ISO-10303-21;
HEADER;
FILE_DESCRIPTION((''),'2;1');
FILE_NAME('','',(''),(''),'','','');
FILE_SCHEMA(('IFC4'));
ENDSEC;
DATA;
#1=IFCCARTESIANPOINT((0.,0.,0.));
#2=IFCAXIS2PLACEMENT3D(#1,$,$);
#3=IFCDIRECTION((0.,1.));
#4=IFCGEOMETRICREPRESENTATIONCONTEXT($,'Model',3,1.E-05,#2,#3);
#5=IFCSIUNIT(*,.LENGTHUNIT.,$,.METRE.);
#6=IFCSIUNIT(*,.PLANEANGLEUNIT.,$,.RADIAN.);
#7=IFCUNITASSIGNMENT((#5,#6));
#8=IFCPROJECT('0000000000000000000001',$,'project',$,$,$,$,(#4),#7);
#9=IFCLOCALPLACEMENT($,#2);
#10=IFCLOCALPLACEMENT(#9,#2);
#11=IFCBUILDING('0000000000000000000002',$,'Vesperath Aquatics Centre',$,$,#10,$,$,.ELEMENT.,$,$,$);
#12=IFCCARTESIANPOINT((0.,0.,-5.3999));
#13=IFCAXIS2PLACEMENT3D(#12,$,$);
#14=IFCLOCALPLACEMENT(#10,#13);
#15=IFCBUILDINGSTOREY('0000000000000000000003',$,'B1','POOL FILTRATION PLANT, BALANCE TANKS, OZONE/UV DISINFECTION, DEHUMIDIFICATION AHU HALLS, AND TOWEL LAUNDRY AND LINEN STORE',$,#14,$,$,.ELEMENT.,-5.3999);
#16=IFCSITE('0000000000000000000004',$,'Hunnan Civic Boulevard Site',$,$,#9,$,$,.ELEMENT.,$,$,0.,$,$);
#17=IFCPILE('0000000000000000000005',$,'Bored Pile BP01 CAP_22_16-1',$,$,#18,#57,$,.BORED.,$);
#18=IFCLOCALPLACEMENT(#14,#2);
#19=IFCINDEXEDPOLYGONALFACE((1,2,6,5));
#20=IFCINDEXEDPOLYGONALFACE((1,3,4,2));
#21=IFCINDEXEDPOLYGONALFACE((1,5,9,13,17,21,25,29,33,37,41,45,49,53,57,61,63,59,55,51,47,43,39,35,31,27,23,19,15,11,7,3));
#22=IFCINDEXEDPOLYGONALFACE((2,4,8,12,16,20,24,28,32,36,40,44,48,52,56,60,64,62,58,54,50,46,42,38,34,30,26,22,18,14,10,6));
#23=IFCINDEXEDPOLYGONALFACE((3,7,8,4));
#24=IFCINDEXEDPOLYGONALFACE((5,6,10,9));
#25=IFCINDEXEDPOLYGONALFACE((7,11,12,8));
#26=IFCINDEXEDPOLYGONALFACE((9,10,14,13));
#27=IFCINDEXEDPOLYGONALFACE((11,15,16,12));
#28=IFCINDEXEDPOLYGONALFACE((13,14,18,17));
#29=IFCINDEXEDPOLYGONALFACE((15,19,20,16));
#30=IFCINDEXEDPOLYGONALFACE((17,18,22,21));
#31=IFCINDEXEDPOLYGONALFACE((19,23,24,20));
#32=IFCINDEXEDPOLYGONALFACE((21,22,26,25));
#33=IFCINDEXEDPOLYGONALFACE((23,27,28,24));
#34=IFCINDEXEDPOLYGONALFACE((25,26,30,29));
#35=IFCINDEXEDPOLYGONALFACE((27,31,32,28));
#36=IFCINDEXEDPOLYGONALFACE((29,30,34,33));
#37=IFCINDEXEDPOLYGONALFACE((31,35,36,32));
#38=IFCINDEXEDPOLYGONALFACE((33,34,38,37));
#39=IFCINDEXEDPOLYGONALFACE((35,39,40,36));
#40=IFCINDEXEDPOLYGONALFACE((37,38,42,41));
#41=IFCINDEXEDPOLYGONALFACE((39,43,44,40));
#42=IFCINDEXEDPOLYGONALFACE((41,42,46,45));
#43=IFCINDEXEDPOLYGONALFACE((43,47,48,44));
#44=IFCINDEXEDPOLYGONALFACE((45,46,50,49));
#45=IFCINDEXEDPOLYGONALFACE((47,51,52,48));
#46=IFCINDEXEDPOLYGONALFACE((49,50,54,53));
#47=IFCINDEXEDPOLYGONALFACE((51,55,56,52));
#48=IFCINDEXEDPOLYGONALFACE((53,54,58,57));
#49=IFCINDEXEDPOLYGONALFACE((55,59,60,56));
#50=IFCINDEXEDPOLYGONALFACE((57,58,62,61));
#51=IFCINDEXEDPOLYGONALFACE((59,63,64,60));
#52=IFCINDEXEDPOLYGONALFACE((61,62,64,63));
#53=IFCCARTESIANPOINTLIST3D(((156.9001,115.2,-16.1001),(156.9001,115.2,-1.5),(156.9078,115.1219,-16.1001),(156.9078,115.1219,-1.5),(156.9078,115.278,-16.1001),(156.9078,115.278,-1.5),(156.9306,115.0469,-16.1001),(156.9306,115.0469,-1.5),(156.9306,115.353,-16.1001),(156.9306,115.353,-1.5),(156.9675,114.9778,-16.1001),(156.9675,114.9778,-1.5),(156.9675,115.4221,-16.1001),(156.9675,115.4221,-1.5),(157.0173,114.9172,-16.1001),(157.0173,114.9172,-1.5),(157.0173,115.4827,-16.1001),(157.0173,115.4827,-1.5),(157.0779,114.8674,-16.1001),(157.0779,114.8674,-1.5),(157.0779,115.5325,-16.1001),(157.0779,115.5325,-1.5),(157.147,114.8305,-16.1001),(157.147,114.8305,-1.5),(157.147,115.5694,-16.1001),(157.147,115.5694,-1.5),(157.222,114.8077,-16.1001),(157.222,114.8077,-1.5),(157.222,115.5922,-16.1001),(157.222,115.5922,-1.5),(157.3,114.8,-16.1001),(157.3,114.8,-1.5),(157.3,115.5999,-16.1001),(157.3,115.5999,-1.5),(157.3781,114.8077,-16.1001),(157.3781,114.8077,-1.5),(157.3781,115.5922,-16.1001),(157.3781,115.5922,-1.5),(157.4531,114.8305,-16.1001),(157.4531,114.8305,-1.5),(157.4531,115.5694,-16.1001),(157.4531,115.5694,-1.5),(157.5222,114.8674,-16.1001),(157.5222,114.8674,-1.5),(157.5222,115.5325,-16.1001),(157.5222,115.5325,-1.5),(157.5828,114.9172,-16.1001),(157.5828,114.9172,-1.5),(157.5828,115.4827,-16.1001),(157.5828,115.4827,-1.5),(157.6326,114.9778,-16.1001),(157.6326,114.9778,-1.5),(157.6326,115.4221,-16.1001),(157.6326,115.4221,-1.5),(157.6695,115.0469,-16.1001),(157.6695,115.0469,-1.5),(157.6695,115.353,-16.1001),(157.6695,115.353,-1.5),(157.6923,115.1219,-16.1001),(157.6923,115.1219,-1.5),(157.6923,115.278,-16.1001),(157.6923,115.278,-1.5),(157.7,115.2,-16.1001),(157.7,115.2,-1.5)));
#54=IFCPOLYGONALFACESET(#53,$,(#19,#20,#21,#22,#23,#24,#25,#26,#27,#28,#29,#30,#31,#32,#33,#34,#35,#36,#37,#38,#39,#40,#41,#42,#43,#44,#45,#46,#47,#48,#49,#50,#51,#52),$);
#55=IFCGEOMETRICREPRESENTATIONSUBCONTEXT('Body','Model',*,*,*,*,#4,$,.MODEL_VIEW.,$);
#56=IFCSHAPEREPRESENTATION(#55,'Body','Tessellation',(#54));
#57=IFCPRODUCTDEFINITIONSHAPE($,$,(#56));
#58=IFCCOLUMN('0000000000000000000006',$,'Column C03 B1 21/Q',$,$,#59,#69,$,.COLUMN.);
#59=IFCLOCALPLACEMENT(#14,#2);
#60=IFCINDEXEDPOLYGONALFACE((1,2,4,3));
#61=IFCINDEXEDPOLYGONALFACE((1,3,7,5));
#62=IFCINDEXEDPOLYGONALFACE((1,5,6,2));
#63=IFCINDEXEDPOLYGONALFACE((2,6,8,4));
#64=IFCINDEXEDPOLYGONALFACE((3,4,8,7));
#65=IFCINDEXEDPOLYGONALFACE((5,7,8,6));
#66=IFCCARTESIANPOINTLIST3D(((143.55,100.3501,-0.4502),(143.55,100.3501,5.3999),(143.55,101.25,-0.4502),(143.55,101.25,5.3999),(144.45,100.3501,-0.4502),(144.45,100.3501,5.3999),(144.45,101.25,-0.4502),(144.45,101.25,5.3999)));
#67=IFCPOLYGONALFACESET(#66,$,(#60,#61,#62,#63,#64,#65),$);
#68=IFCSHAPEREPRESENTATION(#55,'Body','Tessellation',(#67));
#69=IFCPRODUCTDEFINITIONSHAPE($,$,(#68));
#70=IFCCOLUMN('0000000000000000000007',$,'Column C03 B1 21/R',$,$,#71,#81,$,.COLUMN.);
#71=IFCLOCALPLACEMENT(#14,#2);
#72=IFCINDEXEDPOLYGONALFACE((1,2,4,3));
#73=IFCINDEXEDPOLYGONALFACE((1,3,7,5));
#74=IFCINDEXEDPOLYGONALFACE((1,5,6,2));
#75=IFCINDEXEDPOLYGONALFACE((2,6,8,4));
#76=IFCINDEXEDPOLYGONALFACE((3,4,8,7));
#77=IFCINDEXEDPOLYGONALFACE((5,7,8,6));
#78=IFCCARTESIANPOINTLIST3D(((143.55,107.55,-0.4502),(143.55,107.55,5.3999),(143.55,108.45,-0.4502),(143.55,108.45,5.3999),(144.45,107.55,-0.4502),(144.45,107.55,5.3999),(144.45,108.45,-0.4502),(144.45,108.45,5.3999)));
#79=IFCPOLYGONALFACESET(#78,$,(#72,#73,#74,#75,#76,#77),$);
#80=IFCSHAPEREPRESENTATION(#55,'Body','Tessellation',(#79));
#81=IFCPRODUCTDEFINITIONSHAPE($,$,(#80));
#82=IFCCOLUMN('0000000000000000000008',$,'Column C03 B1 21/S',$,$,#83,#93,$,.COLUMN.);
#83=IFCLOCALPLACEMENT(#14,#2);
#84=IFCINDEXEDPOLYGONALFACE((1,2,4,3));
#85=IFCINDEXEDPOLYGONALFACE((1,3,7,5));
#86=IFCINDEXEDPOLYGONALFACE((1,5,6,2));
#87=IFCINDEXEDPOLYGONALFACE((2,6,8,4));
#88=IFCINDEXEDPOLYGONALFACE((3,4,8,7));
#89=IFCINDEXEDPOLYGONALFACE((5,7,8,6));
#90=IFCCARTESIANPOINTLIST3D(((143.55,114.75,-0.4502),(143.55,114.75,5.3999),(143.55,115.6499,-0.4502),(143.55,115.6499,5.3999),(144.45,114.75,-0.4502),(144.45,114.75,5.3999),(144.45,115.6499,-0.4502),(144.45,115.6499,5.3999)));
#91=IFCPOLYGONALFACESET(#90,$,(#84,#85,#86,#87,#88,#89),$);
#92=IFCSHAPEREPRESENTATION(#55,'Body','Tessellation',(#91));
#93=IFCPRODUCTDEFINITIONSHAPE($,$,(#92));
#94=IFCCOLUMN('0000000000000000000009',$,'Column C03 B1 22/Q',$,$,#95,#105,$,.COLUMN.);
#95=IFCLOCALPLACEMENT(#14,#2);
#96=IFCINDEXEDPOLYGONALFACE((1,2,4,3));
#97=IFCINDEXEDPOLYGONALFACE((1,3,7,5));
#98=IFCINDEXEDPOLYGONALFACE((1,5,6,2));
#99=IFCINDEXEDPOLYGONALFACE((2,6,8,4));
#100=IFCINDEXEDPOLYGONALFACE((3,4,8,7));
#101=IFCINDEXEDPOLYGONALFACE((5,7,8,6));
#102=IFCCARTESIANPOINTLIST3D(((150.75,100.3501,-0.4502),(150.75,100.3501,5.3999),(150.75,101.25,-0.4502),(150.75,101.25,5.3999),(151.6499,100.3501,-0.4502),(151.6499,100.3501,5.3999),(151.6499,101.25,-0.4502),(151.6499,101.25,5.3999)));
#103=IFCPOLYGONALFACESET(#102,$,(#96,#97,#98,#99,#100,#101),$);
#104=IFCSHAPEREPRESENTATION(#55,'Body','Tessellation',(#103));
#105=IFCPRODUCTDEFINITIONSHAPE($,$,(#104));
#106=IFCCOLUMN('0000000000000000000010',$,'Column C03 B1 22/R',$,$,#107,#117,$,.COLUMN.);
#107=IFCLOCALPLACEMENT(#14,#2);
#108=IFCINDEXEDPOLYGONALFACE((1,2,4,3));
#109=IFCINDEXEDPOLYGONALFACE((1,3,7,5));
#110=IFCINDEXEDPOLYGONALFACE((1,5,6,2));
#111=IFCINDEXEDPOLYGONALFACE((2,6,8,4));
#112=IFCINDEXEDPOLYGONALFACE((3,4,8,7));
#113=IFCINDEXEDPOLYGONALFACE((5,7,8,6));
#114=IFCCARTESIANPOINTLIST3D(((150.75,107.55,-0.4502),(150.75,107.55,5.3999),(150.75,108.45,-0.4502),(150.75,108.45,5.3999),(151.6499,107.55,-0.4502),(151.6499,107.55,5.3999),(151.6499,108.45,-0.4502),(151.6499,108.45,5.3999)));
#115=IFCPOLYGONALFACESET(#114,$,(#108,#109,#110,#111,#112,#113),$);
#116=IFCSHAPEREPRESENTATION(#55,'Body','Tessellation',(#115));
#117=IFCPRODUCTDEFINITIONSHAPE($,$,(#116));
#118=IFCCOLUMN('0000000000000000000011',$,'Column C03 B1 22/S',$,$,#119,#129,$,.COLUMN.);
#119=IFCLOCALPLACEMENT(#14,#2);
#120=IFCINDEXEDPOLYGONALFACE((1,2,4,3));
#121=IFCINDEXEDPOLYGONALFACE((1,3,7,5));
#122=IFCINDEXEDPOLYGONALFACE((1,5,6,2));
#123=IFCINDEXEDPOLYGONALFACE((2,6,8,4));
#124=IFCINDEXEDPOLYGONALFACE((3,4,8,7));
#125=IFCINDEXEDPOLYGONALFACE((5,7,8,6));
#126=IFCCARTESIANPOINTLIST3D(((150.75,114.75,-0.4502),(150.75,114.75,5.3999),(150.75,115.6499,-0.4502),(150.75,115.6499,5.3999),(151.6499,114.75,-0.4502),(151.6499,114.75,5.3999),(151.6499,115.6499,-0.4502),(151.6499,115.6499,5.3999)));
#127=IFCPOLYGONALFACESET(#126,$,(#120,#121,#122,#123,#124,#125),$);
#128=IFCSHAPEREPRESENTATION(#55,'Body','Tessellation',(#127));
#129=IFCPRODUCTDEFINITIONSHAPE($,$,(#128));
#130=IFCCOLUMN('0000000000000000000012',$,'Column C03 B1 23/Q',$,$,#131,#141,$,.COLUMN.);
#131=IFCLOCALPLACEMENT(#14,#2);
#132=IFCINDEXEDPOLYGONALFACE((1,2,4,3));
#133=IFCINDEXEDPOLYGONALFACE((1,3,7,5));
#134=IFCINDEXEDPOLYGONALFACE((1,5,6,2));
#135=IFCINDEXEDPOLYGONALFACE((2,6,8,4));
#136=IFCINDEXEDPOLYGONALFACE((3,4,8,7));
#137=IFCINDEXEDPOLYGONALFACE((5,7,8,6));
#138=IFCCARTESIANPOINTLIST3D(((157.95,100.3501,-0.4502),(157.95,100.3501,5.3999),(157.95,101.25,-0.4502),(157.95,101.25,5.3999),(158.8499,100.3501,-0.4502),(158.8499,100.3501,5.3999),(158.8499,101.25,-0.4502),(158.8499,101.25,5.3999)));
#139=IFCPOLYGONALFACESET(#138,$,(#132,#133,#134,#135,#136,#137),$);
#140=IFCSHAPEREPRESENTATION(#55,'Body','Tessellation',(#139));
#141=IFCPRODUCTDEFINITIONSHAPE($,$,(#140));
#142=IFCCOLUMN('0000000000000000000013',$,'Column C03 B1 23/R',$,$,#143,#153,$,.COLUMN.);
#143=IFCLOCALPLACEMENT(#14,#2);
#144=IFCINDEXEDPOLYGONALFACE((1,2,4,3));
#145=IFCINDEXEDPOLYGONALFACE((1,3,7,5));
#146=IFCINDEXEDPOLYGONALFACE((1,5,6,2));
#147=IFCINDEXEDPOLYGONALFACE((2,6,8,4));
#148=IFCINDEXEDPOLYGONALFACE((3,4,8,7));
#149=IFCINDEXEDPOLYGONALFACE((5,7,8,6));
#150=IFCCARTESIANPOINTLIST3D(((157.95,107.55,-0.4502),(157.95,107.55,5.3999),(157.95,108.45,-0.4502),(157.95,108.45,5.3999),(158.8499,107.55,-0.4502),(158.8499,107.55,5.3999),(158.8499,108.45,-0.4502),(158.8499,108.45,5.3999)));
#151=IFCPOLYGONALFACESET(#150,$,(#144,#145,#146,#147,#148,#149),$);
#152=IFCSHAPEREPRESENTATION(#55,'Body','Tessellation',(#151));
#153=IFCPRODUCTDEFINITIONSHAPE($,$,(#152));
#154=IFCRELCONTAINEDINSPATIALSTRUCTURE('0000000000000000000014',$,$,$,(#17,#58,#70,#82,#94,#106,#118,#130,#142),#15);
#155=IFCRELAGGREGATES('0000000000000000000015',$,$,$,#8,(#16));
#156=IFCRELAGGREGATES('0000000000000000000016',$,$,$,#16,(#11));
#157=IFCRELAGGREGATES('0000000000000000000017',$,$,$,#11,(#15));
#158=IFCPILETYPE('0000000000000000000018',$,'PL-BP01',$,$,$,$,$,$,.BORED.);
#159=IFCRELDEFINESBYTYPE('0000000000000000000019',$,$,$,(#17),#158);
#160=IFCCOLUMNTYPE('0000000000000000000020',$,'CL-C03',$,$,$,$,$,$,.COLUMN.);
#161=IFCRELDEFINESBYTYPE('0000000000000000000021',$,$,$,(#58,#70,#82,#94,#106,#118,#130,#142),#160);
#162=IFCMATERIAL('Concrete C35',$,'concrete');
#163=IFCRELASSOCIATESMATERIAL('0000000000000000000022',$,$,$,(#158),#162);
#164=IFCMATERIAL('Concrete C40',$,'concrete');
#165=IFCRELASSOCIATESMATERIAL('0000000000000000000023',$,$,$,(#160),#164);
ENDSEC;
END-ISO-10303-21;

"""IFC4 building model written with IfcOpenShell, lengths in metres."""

from ifc_helpers import new_model, si_unit, direction, frame, origin, origin_2d, place, context, subcontext, project, spatial, rectangle, circle, extrude, material, material_profile, profile_set, type_object, element, save


model = new_model("IFC4")

# Units and contexts
model_context = context("Model", 3, precision=1e-05, world=origin(), true_north=direction((0.0, 1.0)))
body_context = subcontext(model_context, "Body", "Model", "MODEL_VIEW")
ifc_project = project(units=[si_unit("LENGTHUNIT", "METRE"), si_unit("PLANEANGLEUNIT", "RADIAN")], contexts=[model_context])

# Site, building, storey
site_placement = place(None, origin())
site = spatial("IfcSite", under=ifc_project, at=site_placement, Name="Hunnan Civic Boulevard Site", CompositionType="ELEMENT", RefElevation=0.0)
building_placement = place(site_placement, origin())
building = spatial("IfcBuilding", under=site, at=building_placement, Name="Vesperath Aquatics Centre", CompositionType="ELEMENT")
storey_placement = place(building_placement, frame((0.0, 0.0, -5.3999)))
storey = spatial("IfcBuildingStorey", under=building, at=storey_placement, Name="B1", Description="POOL FILTRATION PLANT, BALANCE TANKS, OZONE/UV DISINFECTION, DEHUMIDIFICATION AHU HALLS, AND TOWEL LAUNDRY AND LINEN STORE", CompositionType="ELEMENT", Elevation=-5.3999)

# Shared definitions
ifc_material_1 = material(Name="Concrete C40", Category="concrete")

# Pile
ifc_material_2 = material(Name="Concrete C35", Category="concrete")
ifc_material_profile_1 = material_profile(ifc_material_2, circle(Radius=0.3999, at=origin_2d()), Name="PILE D800")
ifc_profile_set_1 = profile_set([ifc_material_profile_1], Name="Concrete C35")
pile_type = type_object("IfcPileType", Name="PL-BP01", PredefinedType="BORED", material=ifc_profile_set_1)
for number, where, z_axis, x_axis, name in (
    (1, (157.3, 115.2, -1.5), (0.0, 0.0, -1.0), (1.0, 0.0, 0.0), "Bored Pile BP01 CAP_22_16-1"),
):
    element("IfcPile", number, at=place(storey_placement, frame(where, z_axis=z_axis, x_axis=x_axis)), inside=storey, type_object=pile_type, Name=name, PredefinedType="BORED", context=body_context, shape_type="SweptSolid", body=[
        extrude(circle(Radius=0.3999, at=origin_2d()), origin(), (0.0, 0.0, 1.0), 14.6001),
    ])

# Columns
ifc_material_profile_2 = material_profile(ifc_material_1, rectangle(XDim=0.8999, YDim=0.8999, at=origin_2d()), Name="RC 900x900")
ifc_profile_set_2 = profile_set([ifc_material_profile_2], Name="Concrete C40")
column_type = type_object("IfcColumnType", Name="CL-C03", PredefinedType="COLUMN", material=ifc_profile_set_2)
for number, where, z_axis, x_axis, name in (
    (2, (144.0, 100.8, -0.4502), (0.0, 0.0, 1.0), (1.0, 0.0, 0.0), "Column C03 B1 21/Q"),
    (3, (144.0, 108.0, -0.4502), (0.0, 0.0, 1.0), (1.0, 0.0, 0.0), "Column C03 B1 21/R"),
    (4, (144.0, 115.2, -0.4502), (0.0, 0.0, 1.0), (1.0, 0.0, 0.0), "Column C03 B1 21/S"),
    (5, (151.2, 100.8, -0.4502), (0.0, 0.0, 1.0), (1.0, 0.0, 0.0), "Column C03 B1 22/Q"),
    (6, (151.2, 108.0, -0.4502), (0.0, 0.0, 1.0), (1.0, 0.0, 0.0), "Column C03 B1 22/R"),
    (7, (151.2, 115.2, -0.4502), (0.0, 0.0, 1.0), (1.0, 0.0, 0.0), "Column C03 B1 22/S"),
    (8, (158.3999, 100.8, -0.4502), (0.0, 0.0, 1.0), (1.0, 0.0, 0.0), "Column C03 B1 23/Q"),
    (9, (158.3999, 108.0, -0.4502), (0.0, 0.0, 1.0), (1.0, 0.0, 0.0), "Column C03 B1 23/R"),
):
    element("IfcColumn", number, at=place(storey_placement, frame(where, z_axis=z_axis, x_axis=x_axis)), inside=storey, type_object=column_type, Name=name, PredefinedType="COLUMN", context=body_context, shape_type="SweptSolid", body=[
        extrude(rectangle(XDim=0.8999, YDim=0.8999, at=origin_2d()), origin(), (0.0, 0.0, 1.0), 5.8501),
    ])

save(model, "model.ifc")
